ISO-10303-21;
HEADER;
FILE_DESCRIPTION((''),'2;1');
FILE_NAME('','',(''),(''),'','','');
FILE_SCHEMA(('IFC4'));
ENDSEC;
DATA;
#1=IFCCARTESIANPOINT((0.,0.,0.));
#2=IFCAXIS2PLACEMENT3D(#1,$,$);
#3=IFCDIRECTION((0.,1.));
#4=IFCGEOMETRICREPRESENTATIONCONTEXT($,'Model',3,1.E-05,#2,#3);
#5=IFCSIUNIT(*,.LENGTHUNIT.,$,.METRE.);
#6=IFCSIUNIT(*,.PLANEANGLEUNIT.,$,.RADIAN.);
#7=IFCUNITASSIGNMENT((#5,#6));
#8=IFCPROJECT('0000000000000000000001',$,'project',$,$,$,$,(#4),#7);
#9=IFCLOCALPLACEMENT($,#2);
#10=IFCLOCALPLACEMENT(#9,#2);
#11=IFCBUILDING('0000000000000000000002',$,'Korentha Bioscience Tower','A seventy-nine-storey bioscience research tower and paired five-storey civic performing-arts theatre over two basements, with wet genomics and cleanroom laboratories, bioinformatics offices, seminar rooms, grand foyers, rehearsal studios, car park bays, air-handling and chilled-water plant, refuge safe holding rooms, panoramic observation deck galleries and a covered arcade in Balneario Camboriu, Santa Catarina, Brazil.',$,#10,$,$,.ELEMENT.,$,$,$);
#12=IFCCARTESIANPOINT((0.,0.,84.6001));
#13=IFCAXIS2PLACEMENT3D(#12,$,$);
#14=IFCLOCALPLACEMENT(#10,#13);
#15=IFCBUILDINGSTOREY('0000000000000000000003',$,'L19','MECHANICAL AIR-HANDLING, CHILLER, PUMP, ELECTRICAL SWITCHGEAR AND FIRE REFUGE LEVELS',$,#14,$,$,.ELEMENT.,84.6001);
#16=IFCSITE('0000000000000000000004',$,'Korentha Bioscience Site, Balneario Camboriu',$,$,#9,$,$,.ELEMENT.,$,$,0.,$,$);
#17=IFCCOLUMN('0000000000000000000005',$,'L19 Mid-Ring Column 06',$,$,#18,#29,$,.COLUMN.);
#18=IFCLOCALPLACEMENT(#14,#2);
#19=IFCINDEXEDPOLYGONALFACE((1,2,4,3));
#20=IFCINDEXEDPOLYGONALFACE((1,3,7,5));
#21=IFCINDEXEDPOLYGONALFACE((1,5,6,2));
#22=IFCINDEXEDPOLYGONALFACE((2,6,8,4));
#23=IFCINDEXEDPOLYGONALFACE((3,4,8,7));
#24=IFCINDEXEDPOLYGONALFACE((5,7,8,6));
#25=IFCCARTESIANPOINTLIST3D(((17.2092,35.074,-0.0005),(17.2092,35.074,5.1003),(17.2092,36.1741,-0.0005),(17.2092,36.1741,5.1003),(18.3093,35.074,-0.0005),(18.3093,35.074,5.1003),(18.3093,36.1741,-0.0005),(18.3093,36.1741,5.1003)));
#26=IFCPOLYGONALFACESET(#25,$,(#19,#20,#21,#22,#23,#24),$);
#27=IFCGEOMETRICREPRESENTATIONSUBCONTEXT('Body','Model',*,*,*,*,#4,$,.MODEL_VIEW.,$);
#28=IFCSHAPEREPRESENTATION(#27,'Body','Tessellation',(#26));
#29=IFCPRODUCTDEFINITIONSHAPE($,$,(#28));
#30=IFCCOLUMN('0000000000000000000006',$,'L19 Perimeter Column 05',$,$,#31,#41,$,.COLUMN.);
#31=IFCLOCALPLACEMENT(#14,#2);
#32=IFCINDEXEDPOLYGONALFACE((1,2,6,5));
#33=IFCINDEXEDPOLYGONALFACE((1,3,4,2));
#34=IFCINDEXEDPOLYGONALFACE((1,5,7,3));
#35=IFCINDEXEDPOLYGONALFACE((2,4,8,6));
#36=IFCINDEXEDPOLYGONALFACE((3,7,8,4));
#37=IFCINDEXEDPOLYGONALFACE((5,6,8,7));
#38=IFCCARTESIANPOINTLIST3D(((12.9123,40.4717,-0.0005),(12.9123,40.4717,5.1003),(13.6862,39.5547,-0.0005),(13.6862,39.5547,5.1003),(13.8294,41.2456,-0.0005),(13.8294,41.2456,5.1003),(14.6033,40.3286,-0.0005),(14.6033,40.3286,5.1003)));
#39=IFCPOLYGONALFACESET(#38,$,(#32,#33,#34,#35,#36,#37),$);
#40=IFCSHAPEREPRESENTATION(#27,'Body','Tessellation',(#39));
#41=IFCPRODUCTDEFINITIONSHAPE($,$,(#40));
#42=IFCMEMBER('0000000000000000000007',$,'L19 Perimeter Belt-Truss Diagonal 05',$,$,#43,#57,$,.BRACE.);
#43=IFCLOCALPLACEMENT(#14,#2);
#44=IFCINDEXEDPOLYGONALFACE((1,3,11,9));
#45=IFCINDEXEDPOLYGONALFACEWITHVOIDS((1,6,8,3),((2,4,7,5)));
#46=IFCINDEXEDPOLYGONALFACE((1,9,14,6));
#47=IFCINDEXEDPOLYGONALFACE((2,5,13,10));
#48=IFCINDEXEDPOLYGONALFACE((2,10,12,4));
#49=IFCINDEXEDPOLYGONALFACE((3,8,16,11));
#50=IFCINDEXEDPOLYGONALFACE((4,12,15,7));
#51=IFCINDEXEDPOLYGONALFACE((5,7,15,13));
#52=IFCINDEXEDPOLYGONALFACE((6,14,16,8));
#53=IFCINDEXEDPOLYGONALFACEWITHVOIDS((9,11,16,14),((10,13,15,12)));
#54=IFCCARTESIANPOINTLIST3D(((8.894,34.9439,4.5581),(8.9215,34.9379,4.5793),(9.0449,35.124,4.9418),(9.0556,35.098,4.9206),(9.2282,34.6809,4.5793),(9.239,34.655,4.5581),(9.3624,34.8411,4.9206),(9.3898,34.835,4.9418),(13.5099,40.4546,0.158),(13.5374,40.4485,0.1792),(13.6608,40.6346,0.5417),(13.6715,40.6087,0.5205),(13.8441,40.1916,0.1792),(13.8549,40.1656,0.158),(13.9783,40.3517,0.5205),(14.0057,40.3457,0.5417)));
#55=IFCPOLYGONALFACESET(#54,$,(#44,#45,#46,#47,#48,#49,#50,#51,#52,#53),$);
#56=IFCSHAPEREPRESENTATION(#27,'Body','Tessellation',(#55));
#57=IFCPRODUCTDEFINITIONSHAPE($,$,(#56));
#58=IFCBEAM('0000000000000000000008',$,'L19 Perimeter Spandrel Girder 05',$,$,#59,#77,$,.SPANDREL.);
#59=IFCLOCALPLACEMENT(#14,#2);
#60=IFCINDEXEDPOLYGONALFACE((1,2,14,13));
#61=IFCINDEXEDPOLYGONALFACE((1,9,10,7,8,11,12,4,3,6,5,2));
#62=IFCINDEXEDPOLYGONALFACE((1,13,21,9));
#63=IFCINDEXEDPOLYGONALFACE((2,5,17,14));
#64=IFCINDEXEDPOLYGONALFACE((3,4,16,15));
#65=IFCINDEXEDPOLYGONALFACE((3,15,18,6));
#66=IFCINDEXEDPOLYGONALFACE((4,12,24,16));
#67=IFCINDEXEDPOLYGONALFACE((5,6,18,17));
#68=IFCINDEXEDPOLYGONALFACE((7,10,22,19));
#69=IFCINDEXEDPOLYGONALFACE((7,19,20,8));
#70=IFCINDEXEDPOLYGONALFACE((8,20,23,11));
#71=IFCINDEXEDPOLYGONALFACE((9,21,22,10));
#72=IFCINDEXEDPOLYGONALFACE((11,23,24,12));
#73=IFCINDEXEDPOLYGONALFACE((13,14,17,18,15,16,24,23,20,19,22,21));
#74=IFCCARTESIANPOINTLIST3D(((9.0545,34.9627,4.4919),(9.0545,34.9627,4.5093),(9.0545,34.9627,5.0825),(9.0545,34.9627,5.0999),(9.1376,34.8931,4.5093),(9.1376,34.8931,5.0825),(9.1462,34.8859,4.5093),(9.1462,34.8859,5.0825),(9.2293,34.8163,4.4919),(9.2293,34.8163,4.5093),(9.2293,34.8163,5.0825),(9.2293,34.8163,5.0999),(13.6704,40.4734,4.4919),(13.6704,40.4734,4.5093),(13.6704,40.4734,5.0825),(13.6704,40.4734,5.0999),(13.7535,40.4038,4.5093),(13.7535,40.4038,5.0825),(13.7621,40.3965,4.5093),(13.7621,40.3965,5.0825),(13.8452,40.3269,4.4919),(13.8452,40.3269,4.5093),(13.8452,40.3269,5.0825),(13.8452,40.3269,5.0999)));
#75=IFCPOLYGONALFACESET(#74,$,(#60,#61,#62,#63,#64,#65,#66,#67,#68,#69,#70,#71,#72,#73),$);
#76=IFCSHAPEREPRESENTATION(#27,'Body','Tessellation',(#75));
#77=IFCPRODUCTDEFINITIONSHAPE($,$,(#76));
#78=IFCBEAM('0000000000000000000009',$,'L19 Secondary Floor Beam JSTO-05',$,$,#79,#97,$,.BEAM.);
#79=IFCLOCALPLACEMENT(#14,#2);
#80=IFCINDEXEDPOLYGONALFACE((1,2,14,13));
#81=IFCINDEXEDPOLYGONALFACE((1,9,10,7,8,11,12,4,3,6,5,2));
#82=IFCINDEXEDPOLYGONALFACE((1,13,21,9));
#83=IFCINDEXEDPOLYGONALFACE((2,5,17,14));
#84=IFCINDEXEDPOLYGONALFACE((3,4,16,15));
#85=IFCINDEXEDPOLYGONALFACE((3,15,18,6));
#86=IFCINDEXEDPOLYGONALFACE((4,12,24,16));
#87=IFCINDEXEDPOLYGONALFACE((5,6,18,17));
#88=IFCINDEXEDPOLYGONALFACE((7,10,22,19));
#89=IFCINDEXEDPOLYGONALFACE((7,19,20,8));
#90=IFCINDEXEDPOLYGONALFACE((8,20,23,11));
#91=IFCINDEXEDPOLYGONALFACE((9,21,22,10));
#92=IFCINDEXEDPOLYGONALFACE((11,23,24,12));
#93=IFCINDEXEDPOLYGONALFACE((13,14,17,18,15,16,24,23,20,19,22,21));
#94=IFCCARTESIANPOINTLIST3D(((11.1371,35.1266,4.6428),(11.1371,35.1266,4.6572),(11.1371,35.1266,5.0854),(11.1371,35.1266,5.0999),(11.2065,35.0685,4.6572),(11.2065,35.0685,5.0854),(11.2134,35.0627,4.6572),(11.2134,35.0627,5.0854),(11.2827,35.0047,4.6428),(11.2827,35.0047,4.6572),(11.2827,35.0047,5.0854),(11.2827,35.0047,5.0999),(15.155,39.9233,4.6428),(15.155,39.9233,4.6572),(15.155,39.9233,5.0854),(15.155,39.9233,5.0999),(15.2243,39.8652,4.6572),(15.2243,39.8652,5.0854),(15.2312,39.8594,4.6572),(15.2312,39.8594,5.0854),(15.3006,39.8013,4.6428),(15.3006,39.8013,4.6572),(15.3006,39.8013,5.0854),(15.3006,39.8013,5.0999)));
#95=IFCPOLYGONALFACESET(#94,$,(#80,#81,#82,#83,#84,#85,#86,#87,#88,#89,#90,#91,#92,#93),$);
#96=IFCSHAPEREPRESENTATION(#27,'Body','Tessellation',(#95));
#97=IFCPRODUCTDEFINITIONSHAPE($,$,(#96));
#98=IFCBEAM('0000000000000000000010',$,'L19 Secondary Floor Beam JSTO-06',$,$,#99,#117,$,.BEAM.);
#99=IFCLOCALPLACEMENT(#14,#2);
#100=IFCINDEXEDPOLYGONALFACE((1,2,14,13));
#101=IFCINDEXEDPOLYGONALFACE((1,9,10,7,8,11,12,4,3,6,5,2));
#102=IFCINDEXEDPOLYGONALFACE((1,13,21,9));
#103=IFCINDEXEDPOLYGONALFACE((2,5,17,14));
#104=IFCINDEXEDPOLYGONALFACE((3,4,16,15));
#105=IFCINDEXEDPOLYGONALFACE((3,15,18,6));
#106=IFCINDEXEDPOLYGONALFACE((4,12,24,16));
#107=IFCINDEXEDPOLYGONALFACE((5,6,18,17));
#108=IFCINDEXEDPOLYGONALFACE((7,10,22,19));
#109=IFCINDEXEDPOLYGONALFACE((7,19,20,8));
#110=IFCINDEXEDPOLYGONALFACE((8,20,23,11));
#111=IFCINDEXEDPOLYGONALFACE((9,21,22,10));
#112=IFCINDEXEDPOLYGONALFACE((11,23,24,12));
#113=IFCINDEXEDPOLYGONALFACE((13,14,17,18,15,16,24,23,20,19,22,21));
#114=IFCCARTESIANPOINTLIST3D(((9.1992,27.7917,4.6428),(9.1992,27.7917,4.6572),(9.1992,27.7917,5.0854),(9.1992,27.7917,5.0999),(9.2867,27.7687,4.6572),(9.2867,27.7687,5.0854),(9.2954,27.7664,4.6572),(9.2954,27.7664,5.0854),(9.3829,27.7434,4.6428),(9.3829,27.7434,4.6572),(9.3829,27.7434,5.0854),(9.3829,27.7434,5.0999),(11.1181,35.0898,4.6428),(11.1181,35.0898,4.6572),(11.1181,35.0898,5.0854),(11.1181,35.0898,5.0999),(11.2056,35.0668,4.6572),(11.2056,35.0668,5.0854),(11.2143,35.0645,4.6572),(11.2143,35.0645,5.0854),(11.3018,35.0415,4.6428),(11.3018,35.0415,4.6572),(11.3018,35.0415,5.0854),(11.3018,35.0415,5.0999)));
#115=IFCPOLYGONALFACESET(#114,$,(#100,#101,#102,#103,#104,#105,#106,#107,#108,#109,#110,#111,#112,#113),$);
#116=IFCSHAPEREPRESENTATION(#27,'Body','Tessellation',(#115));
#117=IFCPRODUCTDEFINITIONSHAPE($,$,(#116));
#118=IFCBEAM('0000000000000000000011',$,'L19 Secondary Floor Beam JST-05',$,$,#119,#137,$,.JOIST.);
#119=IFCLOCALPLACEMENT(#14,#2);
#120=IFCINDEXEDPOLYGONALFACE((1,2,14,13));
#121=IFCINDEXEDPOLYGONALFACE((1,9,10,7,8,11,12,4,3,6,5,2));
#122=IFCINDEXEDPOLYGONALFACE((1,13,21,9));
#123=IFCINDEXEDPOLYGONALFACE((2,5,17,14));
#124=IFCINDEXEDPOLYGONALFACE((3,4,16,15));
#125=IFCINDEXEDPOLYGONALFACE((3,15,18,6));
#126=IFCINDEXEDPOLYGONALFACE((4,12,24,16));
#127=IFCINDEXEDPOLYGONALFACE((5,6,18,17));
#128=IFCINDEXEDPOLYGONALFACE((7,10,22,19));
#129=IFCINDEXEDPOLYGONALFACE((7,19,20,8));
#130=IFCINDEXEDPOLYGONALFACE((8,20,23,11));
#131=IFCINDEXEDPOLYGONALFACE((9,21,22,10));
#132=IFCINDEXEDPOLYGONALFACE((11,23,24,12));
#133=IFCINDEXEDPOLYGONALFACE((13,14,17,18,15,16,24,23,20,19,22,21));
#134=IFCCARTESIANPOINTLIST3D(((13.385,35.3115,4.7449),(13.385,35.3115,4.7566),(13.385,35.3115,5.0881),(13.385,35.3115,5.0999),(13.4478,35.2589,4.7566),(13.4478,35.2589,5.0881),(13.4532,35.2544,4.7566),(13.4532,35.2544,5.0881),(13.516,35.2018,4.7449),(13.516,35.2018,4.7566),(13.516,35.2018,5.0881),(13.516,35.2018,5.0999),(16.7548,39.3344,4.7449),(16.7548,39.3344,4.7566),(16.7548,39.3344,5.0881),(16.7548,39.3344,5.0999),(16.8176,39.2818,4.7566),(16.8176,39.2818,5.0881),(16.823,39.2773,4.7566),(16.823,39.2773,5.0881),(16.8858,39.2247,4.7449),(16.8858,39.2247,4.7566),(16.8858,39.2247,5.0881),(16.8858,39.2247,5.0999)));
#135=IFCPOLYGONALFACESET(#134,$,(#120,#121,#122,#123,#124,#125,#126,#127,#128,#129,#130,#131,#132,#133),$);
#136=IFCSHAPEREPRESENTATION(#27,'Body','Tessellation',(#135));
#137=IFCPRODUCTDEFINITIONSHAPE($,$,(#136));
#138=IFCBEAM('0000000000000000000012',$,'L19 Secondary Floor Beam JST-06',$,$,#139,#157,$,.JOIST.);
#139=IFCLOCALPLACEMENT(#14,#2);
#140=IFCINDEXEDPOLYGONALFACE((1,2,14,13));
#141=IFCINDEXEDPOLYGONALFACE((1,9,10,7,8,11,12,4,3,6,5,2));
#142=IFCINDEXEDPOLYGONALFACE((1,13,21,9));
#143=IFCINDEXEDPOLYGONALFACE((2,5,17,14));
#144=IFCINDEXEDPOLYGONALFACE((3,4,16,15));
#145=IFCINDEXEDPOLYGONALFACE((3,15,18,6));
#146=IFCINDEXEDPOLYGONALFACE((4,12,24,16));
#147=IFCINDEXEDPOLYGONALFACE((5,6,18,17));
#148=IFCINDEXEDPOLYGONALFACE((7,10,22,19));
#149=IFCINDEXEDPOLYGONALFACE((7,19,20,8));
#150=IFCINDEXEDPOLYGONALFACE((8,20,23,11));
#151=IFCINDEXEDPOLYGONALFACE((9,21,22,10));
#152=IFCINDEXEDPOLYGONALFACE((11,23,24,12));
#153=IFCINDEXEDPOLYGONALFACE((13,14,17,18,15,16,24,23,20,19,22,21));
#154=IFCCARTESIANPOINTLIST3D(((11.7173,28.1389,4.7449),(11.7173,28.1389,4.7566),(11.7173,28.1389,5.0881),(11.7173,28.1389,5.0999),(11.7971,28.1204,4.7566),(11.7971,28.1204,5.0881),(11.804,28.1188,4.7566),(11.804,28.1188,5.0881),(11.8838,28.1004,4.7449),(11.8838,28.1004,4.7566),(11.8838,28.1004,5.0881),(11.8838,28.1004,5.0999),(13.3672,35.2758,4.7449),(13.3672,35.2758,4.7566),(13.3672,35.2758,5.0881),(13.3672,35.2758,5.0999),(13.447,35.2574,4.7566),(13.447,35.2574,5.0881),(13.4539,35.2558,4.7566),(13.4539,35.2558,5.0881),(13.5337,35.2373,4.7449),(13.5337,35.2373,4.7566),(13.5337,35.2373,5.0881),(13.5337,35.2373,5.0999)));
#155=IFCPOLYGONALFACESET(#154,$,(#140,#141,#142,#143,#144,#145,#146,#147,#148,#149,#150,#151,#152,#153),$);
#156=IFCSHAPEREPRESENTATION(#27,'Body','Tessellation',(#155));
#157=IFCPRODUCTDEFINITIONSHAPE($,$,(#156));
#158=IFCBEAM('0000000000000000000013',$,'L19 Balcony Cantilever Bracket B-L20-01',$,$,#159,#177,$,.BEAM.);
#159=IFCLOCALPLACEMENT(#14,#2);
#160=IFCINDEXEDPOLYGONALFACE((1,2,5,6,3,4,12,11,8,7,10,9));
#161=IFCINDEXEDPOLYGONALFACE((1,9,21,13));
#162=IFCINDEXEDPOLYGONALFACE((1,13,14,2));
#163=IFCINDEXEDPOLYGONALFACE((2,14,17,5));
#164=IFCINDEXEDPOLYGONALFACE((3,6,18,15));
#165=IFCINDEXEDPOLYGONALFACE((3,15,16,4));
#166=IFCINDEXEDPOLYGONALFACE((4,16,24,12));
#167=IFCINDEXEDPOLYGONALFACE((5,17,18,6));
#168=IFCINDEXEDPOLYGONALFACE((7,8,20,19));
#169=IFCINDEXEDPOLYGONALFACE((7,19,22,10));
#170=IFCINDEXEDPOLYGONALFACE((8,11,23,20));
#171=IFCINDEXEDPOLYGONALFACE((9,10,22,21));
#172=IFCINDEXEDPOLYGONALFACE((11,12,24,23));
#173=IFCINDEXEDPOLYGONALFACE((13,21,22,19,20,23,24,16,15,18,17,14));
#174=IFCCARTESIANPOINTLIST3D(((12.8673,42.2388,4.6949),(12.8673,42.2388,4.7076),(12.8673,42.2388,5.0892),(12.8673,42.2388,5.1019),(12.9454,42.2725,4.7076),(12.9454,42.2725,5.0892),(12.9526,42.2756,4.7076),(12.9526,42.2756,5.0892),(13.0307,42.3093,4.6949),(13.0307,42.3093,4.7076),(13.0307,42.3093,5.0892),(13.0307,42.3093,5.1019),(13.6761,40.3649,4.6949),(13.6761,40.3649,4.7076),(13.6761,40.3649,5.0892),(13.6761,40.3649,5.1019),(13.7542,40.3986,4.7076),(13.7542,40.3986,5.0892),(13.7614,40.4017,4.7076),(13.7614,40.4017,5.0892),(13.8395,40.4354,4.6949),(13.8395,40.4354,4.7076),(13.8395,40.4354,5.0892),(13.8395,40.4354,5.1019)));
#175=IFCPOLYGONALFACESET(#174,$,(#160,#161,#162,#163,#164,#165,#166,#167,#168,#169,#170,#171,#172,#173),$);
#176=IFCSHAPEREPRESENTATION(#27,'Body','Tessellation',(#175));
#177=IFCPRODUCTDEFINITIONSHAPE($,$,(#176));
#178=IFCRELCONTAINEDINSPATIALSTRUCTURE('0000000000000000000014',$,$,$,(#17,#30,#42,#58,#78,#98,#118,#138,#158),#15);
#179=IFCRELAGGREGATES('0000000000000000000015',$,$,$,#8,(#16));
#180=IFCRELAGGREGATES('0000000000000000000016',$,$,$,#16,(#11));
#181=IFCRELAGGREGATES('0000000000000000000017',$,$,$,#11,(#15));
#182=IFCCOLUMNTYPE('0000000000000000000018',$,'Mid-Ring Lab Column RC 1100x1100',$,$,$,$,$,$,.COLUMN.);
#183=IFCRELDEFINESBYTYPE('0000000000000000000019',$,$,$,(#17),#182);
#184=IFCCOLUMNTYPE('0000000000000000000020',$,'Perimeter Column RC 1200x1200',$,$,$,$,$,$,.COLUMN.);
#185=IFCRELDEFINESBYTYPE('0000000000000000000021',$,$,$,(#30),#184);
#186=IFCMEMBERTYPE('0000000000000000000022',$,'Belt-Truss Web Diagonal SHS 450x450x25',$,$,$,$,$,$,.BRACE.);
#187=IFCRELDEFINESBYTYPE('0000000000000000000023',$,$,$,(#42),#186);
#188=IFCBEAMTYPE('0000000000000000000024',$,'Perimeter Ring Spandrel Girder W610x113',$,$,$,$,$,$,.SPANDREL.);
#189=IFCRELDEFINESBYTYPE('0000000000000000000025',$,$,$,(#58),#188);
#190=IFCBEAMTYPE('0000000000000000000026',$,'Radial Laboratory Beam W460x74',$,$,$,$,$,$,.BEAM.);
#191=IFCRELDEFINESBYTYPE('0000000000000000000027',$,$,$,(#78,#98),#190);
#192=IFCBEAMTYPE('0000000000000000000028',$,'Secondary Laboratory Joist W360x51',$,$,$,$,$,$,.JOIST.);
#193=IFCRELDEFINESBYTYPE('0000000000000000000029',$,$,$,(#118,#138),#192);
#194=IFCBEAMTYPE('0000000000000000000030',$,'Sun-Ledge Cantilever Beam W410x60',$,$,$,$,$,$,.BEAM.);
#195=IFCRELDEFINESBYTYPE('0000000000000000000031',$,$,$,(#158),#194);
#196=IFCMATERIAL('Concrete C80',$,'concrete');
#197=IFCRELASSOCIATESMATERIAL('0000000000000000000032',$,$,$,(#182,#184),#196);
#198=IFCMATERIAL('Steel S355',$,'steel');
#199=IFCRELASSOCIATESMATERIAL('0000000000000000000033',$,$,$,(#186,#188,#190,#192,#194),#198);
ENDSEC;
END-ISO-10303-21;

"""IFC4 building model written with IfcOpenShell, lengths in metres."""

from ifc_helpers import new_model, si_unit, direction, frame, origin, origin_2d, place, context, subcontext, project, spatial, rectangle, hollow_rectangle, i_section, extrude, material, material_profile, profile_set, type_object, element, save


model = new_model("IFC4")

# Units and contexts
model_context = context("Model", 3, precision=1e-05, world=origin(), true_north=direction((0.0, 1.0)))
body_context = subcontext(model_context, "Body", "Model", "MODEL_VIEW")
ifc_project = project(units=[si_unit("LENGTHUNIT", "METRE"), si_unit("PLANEANGLEUNIT", "RADIAN")], contexts=[model_context])

# Site, building, storey
site_placement = place(None, origin())
site = spatial("IfcSite", under=ifc_project, at=site_placement, Name="Korentha Bioscience Site, Balneario Camboriu", CompositionType="ELEMENT", RefElevation=0.0)
building_placement = place(site_placement, origin())
building = spatial("IfcBuilding", under=site, at=building_placement, Name="Korentha Bioscience Tower", Description="A seventy-nine-storey bioscience research tower and paired five-storey civic performing-arts theatre over two basements, with wet genomics and cleanroom laboratories, bioinformatics offices, seminar rooms, grand foyers, rehearsal studios, car park bays, air-handling and chilled-water plant, refuge safe holding rooms, panoramic observation deck galleries and a covered arcade in Balneario Camboriu, Santa Catarina, Brazil.", CompositionType="ELEMENT")
storey_placement = place(building_placement, frame((0.0, 0.0, 84.6001)))
storey = spatial("IfcBuildingStorey", under=building, at=storey_placement, Name="L19", Description="MECHANICAL AIR-HANDLING, CHILLER, PUMP, ELECTRICAL SWITCHGEAR AND FIRE REFUGE LEVELS", CompositionType="ELEMENT", Elevation=84.6001)

# Columns
ifc_material_1 = material(Name="Concrete C80", Category="concrete")
ifc_material_profile_1 = material_profile(ifc_material_1, rectangle(XDim=1.1001, YDim=1.1001, at=origin_2d()), Name="Concrete C80")
ifc_profile_set_1 = profile_set([ifc_material_profile_1], Name="Concrete C80 (COL-MR11)")
column_type_1 = type_object("IfcColumnType", Name="Mid-Ring Lab Column RC 1100x1100", PredefinedType="COLUMN", material=ifc_profile_set_1)
column_1_placement = place(storey_placement, frame((17.7593, 35.624, -0.0005), z_axis=(0.0, 0.0, 1.0), x_axis=(1.0, 0.0, 0.0)))
element("IfcColumn", 1, at=column_1_placement, inside=storey, type_object=column_type_1, Name="L19 Mid-Ring Column 06", PredefinedType="COLUMN", context=body_context, shape_type="SweptSolid", body=[
    extrude(rectangle(XDim=1.1001, YDim=1.1001, at=origin_2d()), origin(), (0.0, 0.0, 1.0), 5.1008),
])
ifc_material_profile_2 = material_profile(ifc_material_1, rectangle(XDim=1.2, YDim=1.2, at=origin_2d()), Name="Concrete C80")
ifc_profile_set_2 = profile_set([ifc_material_profile_2], Name="Concrete C80 (COL-P12)")
column_type_2 = type_object("IfcColumnType", Name="Perimeter Column RC 1200x1200", PredefinedType="COLUMN", material=ifc_profile_set_2)
column_2_placement = place(storey_placement, frame((13.7578, 40.4001, -0.0005), z_axis=(0.0, 0.0, 1.0), x_axis=(0.764246, 0.644924, 0.0)))
element("IfcColumn", 2, at=column_2_placement, inside=storey, type_object=column_type_2, Name="L19 Perimeter Column 05", PredefinedType="COLUMN", context=body_context, shape_type="SweptSolid", body=[
    extrude(rectangle(XDim=1.2, YDim=1.2, at=origin_2d()), origin(), (0.0, 0.0, 1.0), 5.1008),
])

# Member
ifc_material_2 = material(Name="Steel S355", Category="steel")
ifc_material_profile_3 = material_profile(ifc_material_2, hollow_rectangle(XDim=0.45, YDim=0.45, WallThickness=0.0249, at=origin_2d()), Name="Steel S355")
ifc_profile_set_3 = profile_set([ifc_material_profile_3], Name="Steel S355 (BT-D450)")
member_type = type_object("IfcMemberType", Name="Belt-Truss Web Diagonal SHS 450x450x25", PredefinedType="BRACE", material=ifc_profile_set_3)
member_placement = place(storey_placement, frame((13.7578, 40.4001, 0.3499), z_axis=(-0.547673, -0.653836, 0.522066), x_axis=(0.766599, -0.642127, 0.0)))
element("IfcMember", 3, at=member_placement, inside=storey, type_object=member_type, Name="L19 Perimeter Belt-Truss Diagonal 05", PredefinedType="BRACE", context=body_context, shape_type="SweptSolid", body=[
    extrude(hollow_rectangle(XDim=0.45, YDim=0.45, WallThickness=0.0249, at=origin_2d()), origin(), (0.0, 0.0, 1.0), 8.4282),
])

# Beams
ifc_material_profile_4 = material_profile(ifc_material_2, i_section(OverallWidth=0.228, OverallDepth=0.6079, WebThickness=0.0112, FlangeThickness=0.0173, at=origin_2d()), Name="Steel S355")
ifc_profile_set_4 = profile_set([ifc_material_profile_4], Name="Steel S355 (SB-610)")
beam_type_1 = type_object("IfcBeamType", Name="Perimeter Ring Spandrel Girder W610x113", PredefinedType="SPANDREL", material=ifc_profile_set_4)
beam_1_placement = place(storey_placement, frame((13.7578, 40.4001, 4.7959), z_axis=(-0.642127, -0.766599, 0.0), x_axis=(0.766599, -0.642127, 0.0)))
element("IfcBeam", 4, at=beam_1_placement, inside=storey, type_object=beam_type_1, Name="L19 Perimeter Spandrel Girder 05", PredefinedType="SPANDREL", context=body_context, shape_type="SweptSolid", body=[
    extrude(i_section(OverallWidth=0.228, OverallDepth=0.6079, WebThickness=0.0112, FlangeThickness=0.0173, at=origin_2d()), origin(), (0.0, 0.0, 1.0), 7.1885),
])
ifc_material_profile_5 = material_profile(ifc_material_2, i_section(OverallWidth=0.1899, OverallDepth=0.457, WebThickness=0.009, FlangeThickness=0.0144, at=origin_2d()), Name="Steel S355")
ifc_profile_set_5 = profile_set([ifc_material_profile_5], Name="Steel S355 (RB-460)")
beam_type_2 = type_object("IfcBeamType", Name="Radial Laboratory Beam W460x74", PredefinedType="BEAM", material=ifc_profile_set_5)
beam_2_placement = place(storey_placement, frame((15.2278, 39.8623, 4.8713), z_axis=(-0.642128, -0.766597, 0.0), x_axis=(0.766597, -0.642128, 0.0)))
element("IfcBeam", 5, at=beam_2_placement, inside=storey, type_object=beam_type_2, Name="L19 Secondary Floor Beam JSTO-05", PredefinedType="BEAM", context=body_context, shape_type="SweptSolid", body=[
    extrude(i_section(OverallWidth=0.1899, OverallDepth=0.457, WebThickness=0.009, FlangeThickness=0.0144, at=origin_2d()), origin(), (0.0, 0.0, 1.0), 6.2571),
])
beam_3_placement = place(storey_placement, frame((11.21, 35.0657, 4.8713), z_axis=(-0.254294, -0.967127, 0.0), x_axis=(0.967127, -0.254294, 0.0)))
element("IfcBeam", 6, at=beam_3_placement, inside=storey, type_object=beam_type_2, Name="L19 Secondary Floor Beam JSTO-06", PredefinedType="BEAM", context=body_context, shape_type="SweptSolid", body=[
    extrude(i_section(OverallWidth=0.1899, OverallDepth=0.457, WebThickness=0.009, FlangeThickness=0.0144, at=origin_2d()), origin(), (0.0, 0.0, 1.0), 7.5461),
])
ifc_material_profile_6 = material_profile(ifc_material_2, i_section(OverallWidth=0.1709, OverallDepth=0.355, WebThickness=0.0071, FlangeThickness=0.0117, at=origin_2d()), Name="Steel S355")
ifc_profile_set_6 = profile_set([ifc_material_profile_6], Name="Steel S355 (JB-360)")
beam_type_3 = type_object("IfcBeamType", Name="Secondary Laboratory Joist W360x51", PredefinedType="JOIST", material=ifc_profile_set_6)
beam_4_placement = place(storey_placement, frame((16.8203, 39.2795, 4.9224), z_axis=(-0.642141, -0.766587, 0.0), x_axis=(0.766587, -0.642141, 0.0)))
element("IfcBeam", 7, at=beam_4_placement, inside=storey, type_object=beam_type_3, Name="L19 Secondary Floor Beam JST-05", PredefinedType="JOIST", context=body_context, shape_type="SweptSolid", body=[
    extrude(i_section(OverallWidth=0.1709, OverallDepth=0.355, WebThickness=0.0071, FlangeThickness=0.0117, at=origin_2d()), origin(), (0.0, 0.0, 1.0), 5.2478),
])
beam_5_placement = place(storey_placement, frame((13.4504, 35.2566, 4.9224), z_axis=(-0.225237, -0.974304, 0.0), x_axis=(0.974304, -0.225237, 0.0)))
element("IfcBeam", 8, at=beam_5_placement, inside=storey, type_object=beam_type_3, Name="L19 Secondary Floor Beam JST-06", PredefinedType="JOIST", context=body_context, shape_type="SweptSolid", body=[
    extrude(i_section(OverallWidth=0.1709, OverallDepth=0.355, WebThickness=0.0071, FlangeThickness=0.0117, at=origin_2d()), origin(), (0.0, 0.0, 1.0), 7.3252),
])
ifc_material_profile_7 = material_profile(ifc_material_2, i_section(OverallWidth=0.178, OverallDepth=0.407, WebThickness=0.0078, FlangeThickness=0.0127, at=origin_2d()), Name="Steel S355")
ifc_profile_set_7 = profile_set([ifc_material_profile_7], Name="Steel S355 (CB-410)")
beam_type_4 = type_object("IfcBeamType", Name="Sun-Ledge Cantilever Beam W410x60", PredefinedType="BEAM", material=ifc_profile_set_7)
beam_6_placement = place(storey_placement, frame((13.7578, 40.4001, 4.8984), z_axis=(-0.396271, 0.918134, 0.0), x_axis=(-0.918134, -0.396271, 0.0)))
element("IfcBeam", 9, at=beam_6_placement, inside=storey, type_object=beam_type_4, Name="L19 Balcony Cantilever Bracket B-L20-01", PredefinedType="BEAM", context=body_context, shape_type="SweptSolid", body=[
    extrude(i_section(OverallWidth=0.178, OverallDepth=0.407, WebThickness=0.0078, FlangeThickness=0.0127, at=origin_2d()), origin(), (0.0, 0.0, 1.0), 2.041),
])

save(model, "model.ifc")
